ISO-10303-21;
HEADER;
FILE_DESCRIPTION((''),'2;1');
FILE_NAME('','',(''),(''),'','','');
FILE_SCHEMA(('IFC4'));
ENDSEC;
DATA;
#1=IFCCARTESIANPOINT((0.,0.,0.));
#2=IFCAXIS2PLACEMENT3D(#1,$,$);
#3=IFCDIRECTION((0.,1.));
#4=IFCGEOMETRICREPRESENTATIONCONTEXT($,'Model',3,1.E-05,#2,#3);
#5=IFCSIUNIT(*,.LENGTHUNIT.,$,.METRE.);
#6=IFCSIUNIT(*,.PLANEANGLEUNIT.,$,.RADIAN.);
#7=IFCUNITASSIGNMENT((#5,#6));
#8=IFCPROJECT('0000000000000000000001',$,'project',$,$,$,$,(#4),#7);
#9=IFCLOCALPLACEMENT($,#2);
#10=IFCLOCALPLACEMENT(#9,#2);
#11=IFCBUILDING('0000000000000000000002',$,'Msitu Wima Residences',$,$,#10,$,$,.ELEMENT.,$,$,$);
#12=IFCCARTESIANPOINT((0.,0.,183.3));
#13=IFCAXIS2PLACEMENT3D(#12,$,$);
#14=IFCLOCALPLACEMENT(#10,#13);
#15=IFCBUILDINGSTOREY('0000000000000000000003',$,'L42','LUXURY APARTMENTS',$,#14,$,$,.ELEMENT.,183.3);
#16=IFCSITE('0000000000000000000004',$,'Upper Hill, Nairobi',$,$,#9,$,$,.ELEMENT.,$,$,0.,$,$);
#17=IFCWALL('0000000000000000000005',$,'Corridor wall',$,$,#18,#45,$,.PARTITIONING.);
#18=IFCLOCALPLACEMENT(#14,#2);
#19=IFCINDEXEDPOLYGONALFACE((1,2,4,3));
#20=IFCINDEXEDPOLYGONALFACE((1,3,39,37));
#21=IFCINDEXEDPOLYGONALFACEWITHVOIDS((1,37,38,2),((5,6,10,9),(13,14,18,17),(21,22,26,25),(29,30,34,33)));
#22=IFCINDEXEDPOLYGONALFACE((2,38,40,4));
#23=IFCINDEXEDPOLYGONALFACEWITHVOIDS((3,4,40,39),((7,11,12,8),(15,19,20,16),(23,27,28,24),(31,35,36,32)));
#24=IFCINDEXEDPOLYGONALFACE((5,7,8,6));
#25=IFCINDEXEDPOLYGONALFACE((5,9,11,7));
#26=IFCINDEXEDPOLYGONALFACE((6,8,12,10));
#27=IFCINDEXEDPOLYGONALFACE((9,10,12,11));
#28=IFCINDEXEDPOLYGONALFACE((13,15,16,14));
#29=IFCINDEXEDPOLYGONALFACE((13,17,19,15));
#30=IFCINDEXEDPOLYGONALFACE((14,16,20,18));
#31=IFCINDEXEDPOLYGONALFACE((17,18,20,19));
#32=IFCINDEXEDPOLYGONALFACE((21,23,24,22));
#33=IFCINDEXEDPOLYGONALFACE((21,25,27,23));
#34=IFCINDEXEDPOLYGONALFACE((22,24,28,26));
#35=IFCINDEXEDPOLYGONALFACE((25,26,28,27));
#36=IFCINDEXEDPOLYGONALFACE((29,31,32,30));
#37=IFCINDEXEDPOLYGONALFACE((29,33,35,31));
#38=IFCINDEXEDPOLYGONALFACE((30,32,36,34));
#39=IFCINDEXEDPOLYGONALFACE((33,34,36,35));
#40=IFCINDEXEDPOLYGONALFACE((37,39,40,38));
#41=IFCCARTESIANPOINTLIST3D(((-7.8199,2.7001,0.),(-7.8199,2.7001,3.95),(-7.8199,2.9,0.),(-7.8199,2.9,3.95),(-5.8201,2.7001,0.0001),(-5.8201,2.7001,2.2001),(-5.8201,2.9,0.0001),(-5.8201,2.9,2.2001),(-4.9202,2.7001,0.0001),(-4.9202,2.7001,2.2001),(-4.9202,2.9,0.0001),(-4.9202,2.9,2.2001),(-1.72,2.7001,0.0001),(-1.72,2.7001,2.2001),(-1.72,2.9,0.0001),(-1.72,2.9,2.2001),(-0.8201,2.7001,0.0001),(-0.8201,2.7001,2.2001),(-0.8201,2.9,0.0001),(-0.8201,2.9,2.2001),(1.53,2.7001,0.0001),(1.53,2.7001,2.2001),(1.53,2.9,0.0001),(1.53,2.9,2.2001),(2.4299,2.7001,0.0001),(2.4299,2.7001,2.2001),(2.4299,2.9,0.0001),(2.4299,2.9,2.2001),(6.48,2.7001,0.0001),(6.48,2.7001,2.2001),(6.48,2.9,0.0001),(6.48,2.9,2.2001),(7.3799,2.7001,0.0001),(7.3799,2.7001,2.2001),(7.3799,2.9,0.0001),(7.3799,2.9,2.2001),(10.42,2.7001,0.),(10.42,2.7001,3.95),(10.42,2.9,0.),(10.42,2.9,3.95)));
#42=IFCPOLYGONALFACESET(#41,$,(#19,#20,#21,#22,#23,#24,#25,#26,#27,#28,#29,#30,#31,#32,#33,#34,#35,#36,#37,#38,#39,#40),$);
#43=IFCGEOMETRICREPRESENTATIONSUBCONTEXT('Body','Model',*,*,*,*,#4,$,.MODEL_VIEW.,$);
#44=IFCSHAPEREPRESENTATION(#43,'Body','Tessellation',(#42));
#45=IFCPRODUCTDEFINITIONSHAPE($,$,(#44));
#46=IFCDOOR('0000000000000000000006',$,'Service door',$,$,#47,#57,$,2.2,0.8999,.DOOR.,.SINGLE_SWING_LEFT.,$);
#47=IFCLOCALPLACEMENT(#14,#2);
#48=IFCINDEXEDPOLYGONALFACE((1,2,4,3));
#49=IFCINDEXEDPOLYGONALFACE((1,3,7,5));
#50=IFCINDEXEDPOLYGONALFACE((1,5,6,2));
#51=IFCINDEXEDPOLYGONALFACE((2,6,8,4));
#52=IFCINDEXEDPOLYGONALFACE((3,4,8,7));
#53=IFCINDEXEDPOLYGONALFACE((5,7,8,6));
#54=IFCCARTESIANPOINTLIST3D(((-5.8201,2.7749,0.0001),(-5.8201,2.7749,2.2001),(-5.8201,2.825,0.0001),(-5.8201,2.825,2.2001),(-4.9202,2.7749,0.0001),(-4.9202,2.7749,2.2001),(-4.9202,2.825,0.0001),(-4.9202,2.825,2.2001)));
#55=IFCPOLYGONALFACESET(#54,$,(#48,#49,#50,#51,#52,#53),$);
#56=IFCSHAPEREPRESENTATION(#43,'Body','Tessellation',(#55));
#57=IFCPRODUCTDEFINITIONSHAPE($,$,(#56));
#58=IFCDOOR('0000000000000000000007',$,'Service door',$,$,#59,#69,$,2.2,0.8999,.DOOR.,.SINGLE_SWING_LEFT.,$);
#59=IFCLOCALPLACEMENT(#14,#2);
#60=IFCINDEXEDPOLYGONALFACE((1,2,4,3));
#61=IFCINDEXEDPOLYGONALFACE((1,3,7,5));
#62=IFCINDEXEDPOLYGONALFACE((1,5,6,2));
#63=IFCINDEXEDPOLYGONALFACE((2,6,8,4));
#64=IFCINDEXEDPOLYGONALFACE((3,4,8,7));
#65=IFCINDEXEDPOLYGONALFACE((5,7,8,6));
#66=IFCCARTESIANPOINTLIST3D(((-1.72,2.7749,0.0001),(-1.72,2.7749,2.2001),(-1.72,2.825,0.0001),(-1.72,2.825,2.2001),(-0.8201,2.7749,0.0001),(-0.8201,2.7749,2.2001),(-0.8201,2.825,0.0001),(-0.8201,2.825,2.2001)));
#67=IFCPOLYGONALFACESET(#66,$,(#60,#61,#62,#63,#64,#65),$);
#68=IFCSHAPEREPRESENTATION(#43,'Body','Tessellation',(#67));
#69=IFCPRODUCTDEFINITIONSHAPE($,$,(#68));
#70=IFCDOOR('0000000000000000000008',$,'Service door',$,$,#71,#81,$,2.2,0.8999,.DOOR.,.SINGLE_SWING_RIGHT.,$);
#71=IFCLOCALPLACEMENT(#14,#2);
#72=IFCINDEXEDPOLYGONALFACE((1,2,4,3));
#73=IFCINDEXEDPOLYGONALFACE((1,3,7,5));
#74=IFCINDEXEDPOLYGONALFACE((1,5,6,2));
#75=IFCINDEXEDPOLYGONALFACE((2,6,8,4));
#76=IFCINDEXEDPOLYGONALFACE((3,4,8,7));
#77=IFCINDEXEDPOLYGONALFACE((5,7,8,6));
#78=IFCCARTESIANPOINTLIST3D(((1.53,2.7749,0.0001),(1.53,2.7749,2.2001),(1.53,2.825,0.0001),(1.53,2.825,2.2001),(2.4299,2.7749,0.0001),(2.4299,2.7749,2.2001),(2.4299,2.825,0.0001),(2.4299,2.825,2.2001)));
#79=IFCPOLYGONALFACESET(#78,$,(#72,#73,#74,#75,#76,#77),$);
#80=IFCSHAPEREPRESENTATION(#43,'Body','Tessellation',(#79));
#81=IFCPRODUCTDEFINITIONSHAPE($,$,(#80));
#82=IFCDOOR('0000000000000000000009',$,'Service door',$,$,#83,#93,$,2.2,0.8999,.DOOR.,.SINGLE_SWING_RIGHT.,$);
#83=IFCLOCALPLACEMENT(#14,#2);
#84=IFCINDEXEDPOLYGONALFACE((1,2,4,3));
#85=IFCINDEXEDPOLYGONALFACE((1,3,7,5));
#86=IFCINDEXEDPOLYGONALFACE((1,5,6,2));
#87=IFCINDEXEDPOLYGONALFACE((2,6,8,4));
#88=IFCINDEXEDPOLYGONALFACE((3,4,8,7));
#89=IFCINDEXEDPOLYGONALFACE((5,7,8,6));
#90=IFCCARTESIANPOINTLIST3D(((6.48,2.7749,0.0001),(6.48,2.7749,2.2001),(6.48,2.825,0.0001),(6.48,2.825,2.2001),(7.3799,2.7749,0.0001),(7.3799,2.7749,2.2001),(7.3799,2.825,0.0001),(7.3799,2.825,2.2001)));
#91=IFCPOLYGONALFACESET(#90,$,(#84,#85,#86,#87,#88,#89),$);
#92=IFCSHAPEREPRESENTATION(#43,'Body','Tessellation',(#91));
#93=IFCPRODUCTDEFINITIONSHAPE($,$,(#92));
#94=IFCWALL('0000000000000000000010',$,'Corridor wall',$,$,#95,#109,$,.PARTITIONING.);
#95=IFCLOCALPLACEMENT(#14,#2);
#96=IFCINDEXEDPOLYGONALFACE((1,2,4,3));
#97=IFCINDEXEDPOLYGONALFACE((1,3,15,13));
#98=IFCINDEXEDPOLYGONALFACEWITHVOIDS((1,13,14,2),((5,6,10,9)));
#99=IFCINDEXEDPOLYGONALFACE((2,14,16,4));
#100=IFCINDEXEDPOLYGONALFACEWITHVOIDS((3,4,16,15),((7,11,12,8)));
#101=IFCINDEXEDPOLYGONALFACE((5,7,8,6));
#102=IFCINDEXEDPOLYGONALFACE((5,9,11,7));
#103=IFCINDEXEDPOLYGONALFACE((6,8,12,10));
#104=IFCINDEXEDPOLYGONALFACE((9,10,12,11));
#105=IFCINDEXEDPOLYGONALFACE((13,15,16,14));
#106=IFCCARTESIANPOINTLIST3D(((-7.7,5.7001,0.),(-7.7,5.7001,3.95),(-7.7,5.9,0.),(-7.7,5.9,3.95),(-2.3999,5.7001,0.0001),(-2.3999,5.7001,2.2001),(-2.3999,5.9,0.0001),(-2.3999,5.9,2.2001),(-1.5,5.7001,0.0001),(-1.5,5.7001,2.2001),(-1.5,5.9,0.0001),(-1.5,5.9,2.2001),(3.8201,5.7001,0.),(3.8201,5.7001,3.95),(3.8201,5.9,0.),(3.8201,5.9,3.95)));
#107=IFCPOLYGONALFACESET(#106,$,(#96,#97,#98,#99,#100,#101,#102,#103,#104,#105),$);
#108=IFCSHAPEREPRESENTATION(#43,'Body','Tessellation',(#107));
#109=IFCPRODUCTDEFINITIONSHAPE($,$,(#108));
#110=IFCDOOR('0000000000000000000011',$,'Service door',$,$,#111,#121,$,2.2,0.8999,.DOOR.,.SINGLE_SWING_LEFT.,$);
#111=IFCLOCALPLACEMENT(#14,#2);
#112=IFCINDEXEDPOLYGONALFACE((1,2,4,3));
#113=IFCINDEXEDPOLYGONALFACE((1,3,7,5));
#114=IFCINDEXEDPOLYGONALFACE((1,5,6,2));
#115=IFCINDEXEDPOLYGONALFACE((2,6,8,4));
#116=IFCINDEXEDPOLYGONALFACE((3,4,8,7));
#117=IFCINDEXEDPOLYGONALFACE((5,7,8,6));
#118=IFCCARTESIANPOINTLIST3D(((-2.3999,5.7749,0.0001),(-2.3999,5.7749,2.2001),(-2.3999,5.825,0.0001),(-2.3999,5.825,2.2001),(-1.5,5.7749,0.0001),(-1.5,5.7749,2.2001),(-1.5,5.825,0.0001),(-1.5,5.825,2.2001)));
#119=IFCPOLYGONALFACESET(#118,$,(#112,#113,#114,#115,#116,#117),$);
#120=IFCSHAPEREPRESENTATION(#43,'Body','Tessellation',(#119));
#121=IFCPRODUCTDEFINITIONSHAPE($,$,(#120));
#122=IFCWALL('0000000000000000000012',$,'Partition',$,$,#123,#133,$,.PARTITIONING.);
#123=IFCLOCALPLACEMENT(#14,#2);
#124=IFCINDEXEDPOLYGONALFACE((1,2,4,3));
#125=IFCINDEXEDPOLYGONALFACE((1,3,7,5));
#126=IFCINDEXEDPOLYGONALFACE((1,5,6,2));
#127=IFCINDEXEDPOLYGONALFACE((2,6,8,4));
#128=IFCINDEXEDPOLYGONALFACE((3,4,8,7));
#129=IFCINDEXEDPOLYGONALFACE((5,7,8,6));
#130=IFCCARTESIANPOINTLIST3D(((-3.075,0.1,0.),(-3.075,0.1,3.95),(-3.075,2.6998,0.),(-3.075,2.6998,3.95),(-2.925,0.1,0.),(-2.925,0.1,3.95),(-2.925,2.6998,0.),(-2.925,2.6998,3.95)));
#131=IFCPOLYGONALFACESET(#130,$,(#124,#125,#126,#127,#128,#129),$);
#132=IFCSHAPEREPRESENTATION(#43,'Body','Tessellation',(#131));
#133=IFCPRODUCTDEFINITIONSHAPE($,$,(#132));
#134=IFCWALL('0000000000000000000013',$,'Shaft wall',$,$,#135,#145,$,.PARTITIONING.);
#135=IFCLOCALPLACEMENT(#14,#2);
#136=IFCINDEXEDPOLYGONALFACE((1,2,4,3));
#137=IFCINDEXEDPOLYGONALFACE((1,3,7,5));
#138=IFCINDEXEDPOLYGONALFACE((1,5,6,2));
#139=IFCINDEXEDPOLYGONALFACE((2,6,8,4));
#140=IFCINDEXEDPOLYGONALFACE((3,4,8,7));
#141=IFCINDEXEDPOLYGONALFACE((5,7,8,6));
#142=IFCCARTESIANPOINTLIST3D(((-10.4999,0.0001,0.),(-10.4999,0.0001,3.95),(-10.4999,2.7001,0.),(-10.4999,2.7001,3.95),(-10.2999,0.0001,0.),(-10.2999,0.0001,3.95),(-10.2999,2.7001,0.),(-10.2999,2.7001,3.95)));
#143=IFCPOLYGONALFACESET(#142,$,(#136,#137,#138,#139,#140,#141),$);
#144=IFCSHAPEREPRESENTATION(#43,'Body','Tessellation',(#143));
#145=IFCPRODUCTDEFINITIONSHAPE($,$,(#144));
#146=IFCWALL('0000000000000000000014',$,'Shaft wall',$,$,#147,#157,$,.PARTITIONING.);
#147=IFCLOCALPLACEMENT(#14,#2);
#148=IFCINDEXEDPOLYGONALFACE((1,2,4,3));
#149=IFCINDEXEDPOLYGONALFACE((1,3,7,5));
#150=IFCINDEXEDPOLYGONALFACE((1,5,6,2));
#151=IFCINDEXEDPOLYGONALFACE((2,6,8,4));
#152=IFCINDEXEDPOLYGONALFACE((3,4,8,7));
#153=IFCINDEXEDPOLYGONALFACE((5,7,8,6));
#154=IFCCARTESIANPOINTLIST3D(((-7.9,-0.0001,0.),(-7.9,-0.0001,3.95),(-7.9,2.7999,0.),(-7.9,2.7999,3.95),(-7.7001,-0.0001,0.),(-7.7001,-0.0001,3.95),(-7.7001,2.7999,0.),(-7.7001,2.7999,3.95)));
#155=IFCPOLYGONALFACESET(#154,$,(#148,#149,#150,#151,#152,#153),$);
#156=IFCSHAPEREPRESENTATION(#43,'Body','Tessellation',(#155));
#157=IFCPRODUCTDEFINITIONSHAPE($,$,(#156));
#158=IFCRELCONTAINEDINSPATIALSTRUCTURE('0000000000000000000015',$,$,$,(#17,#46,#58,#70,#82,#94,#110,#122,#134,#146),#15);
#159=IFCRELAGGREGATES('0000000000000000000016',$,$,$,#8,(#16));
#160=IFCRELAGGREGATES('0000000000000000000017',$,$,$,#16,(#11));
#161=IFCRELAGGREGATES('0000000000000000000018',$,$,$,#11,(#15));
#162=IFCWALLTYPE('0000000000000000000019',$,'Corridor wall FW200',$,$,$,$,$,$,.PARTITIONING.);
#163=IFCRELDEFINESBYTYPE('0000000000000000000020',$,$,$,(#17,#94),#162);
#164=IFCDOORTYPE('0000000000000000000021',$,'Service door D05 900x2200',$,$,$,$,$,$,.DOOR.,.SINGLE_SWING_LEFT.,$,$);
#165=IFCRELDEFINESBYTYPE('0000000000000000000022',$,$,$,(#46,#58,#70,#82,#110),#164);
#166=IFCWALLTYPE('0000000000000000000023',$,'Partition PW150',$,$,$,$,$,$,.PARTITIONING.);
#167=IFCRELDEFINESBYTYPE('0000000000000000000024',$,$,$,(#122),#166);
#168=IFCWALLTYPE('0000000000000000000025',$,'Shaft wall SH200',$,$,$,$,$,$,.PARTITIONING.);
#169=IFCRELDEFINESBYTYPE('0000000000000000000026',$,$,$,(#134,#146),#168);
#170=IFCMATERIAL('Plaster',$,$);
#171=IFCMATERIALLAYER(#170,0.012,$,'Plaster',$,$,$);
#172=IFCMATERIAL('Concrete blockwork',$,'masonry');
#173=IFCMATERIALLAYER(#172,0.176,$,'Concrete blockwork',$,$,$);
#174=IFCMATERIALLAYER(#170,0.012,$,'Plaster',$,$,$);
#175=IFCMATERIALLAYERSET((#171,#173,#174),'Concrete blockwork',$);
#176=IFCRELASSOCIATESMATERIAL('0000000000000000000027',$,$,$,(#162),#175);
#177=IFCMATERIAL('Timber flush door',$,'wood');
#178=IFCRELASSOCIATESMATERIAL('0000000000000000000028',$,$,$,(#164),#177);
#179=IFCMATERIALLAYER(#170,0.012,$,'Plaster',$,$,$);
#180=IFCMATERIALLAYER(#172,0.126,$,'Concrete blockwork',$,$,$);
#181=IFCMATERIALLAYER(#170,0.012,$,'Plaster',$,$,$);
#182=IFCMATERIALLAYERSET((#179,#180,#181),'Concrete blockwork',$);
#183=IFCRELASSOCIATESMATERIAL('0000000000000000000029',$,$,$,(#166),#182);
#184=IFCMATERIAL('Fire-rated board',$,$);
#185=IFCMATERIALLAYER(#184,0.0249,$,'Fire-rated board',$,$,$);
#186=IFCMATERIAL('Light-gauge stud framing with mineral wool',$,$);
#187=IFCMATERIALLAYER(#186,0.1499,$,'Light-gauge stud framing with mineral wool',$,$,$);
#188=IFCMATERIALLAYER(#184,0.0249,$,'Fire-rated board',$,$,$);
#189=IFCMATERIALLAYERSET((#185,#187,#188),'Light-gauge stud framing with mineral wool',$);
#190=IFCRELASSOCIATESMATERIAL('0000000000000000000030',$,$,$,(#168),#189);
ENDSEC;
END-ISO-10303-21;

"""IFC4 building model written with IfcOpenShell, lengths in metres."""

from ifc_helpers import new_model, si_unit, direction, frame, frame_2d, origin, place, context, subcontext, project, spatial, rectangle, extrude, material, layer, layer_set, type_object, element, fill, save


model = new_model("IFC4")

# Units and contexts
model_context = context("Model", 3, precision=1e-05, world=origin(), true_north=direction((0.0, 1.0)))
body_context = subcontext(model_context, "Body", "Model", "MODEL_VIEW")
ifc_project = project(units=[si_unit("LENGTHUNIT", "METRE"), si_unit("PLANEANGLEUNIT", "RADIAN")], contexts=[model_context])

# Site, building, storey
site_placement = place(None, origin())
site = spatial("IfcSite", under=ifc_project, at=site_placement, Name="Upper Hill, Nairobi", CompositionType="ELEMENT", RefElevation=0.0)
building_placement = place(site_placement, origin())
building = spatial("IfcBuilding", under=site, at=building_placement, Name="Msitu Wima Residences", CompositionType="ELEMENT")
storey_placement = place(building_placement, frame((0.0, 0.0, 183.3)))
storey = spatial("IfcBuildingStorey", under=building, at=storey_placement, Name="L42", Description="LUXURY APARTMENTS", CompositionType="ELEMENT", Elevation=183.3)

# Wall, openings, doors
ifc_material_1 = material(Name="Plaster")
ifc_layer_1 = layer(ifc_material_1, 0.012, Name="Plaster")
ifc_material_2 = material(Name="Concrete blockwork", Category="masonry")
ifc_layer_2 = layer(ifc_material_2, 0.176, Name="Concrete blockwork")
ifc_layer_3 = layer(ifc_material_1, 0.012, Name="Plaster")
ifc_layer_set_1 = layer_set([ifc_layer_1, ifc_layer_2, ifc_layer_3], Name="Concrete blockwork")
wall_type_1 = type_object("IfcWallType", Name="Corridor wall FW200", PredefinedType="PARTITIONING", material=ifc_layer_set_1)
wall_1_placement = place(storey_placement, frame((-7.8201, 2.8, 0.0), z_axis=(0.0, 0.0, 1.0), x_axis=(1.0, 0.0, 0.0)))
wall_1 = element("IfcWall", 1, at=wall_1_placement, inside=storey, type_object=wall_type_1, Name="Corridor wall", PredefinedType="PARTITIONING", context=body_context, shape_type="SweptSolid", body=[
    extrude(rectangle(XDim=18.24, YDim=0.2, at=frame_2d((9.1201, 0.0))), origin(), (0.0, 0.0, 1.0), 3.95),
])
opening_1_placement = place(wall_1_placement, frame((2.0, 0.0, 0.0)))
opening_1 = element("IfcOpeningElement", 2, at=opening_1_placement, cuts=wall_1, PredefinedType="OPENING", context=body_context, shape_type="SweptSolid", body=[
    extrude(rectangle(XDim=0.8999, YDim=2.2, at=frame_2d((0.45, 1.1001))), frame((0.0, 0.1099, 0.0), z_axis=(0.0, -1.0, 0.0), x_axis=(1.0, 0.0, 0.0)), (0.0, 0.0, 1.0), 0.22),
])
opening_2_placement = place(wall_1_placement, frame((6.1001, 0.0, 0.0)))
opening_2 = element("IfcOpeningElement", 3, at=opening_2_placement, cuts=wall_1, PredefinedType="OPENING", context=body_context, shape_type="SweptSolid", body=[
    extrude(rectangle(XDim=0.8999, YDim=2.2, at=frame_2d((0.45, 1.1001))), frame((0.0, 0.1099, 0.0), z_axis=(0.0, -1.0, 0.0), x_axis=(1.0, 0.0, 0.0)), (0.0, 0.0, 1.0), 0.22),
])
opening_3_placement = place(wall_1_placement, frame((9.3501, 0.0, 0.0)))
opening_3 = element("IfcOpeningElement", 4, at=opening_3_placement, cuts=wall_1, PredefinedType="OPENING", context=body_context, shape_type="SweptSolid", body=[
    extrude(rectangle(XDim=0.8999, YDim=2.2, at=frame_2d((0.45, 1.1001))), frame((0.0, 0.1099, 0.0), z_axis=(0.0, -1.0, 0.0), x_axis=(1.0, 0.0, 0.0)), (0.0, 0.0, 1.0), 0.22),
])
opening_4_placement = place(wall_1_placement, frame((14.3, 0.0, 0.0)))
opening_4 = element("IfcOpeningElement", 5, at=opening_4_placement, cuts=wall_1, PredefinedType="OPENING", context=body_context, shape_type="SweptSolid", body=[
    extrude(rectangle(XDim=0.8999, YDim=2.2, at=frame_2d((0.45, 1.1001))), frame((0.0, 0.1099, 0.0), z_axis=(0.0, -1.0, 0.0), x_axis=(1.0, 0.0, 0.0)), (0.0, 0.0, 1.0), 0.22),
])
ifc_material_3 = material(Name="Timber flush door", Category="wood")
door_type_1 = type_object("IfcDoorType", Name="Service door D05 900x2200", OperationType="SINGLE_SWING_LEFT", PredefinedType="DOOR", material=ifc_material_3)
door_1_placement = place(opening_1_placement, origin())
door_1 = element("IfcDoor", 6, at=door_1_placement, inside=storey, type_object=door_type_1, Name="Service door", OperationType="SINGLE_SWING_LEFT", OverallHeight=2.2, OverallWidth=0.8999, PredefinedType="DOOR", context=body_context, shape_type="SweptSolid", body=[
    extrude(rectangle(XDim=0.8999, YDim=2.2, at=frame_2d((0.45, 1.1001))), frame((0.0, 0.0249, 0.0), z_axis=(0.0, -1.0, 0.0), x_axis=(1.0, 0.0, 0.0)), (0.0, 0.0, 1.0), 0.05),
])
fill(opening_1, door_1)
door_2_placement = place(opening_2_placement, origin())
door_2 = element("IfcDoor", 7, at=door_2_placement, inside=storey, type_object=door_type_1, Name="Service door", OperationType="SINGLE_SWING_LEFT", OverallHeight=2.2, OverallWidth=0.8999, PredefinedType="DOOR", context=body_context, shape_type="SweptSolid", body=[
    extrude(rectangle(XDim=0.8999, YDim=2.2, at=frame_2d((0.45, 1.1001))), frame((0.0, 0.0249, 0.0), z_axis=(0.0, -1.0, 0.0), x_axis=(1.0, 0.0, 0.0)), (0.0, 0.0, 1.0), 0.05),
])
fill(opening_2, door_2)
door_3_placement = place(opening_3_placement, origin())
door_3 = element("IfcDoor", 8, at=door_3_placement, inside=storey, type_object=door_type_1, Name="Service door", OperationType="SINGLE_SWING_RIGHT", OverallHeight=2.2, OverallWidth=0.8999, PredefinedType="DOOR", context=body_context, shape_type="SweptSolid", body=[
    extrude(rectangle(XDim=0.8999, YDim=2.2, at=frame_2d((0.45, 1.1001))), frame((0.0, 0.0249, 0.0), z_axis=(0.0, -1.0, 0.0), x_axis=(1.0, 0.0, 0.0)), (0.0, 0.0, 1.0), 0.05),
])
fill(opening_3, door_3)
door_4_placement = place(opening_4_placement, origin())
door_4 = element("IfcDoor", 9, at=door_4_placement, inside=storey, type_object=door_type_1, Name="Service door", OperationType="SINGLE_SWING_RIGHT", OverallHeight=2.2, OverallWidth=0.8999, PredefinedType="DOOR", context=body_context, shape_type="SweptSolid", body=[
    extrude(rectangle(XDim=0.8999, YDim=2.2, at=frame_2d((0.45, 1.1001))), frame((0.0, 0.0249, 0.0), z_axis=(0.0, -1.0, 0.0), x_axis=(1.0, 0.0, 0.0)), (0.0, 0.0, 1.0), 0.05),
])
fill(opening_4, door_4)

# Wall, opening, door
wall_2_placement = place(storey_placement, frame((-7.7, 5.8, 0.0), z_axis=(0.0, 0.0, 1.0), x_axis=(1.0, 0.0, 0.0)))
wall_2 = element("IfcWall", 10, at=wall_2_placement, inside=storey, type_object=wall_type_1, Name="Corridor wall", PredefinedType="PARTITIONING", context=body_context, shape_type="SweptSolid", body=[
    extrude(rectangle(XDim=11.52, YDim=0.2, at=frame_2d((5.76, 0.0))), origin(), (0.0, 0.0, 1.0), 3.95),
])
opening_5_placement = place(wall_2_placement, frame((5.3, 0.0, 0.0)))
opening_5 = element("IfcOpeningElement", 11, at=opening_5_placement, cuts=wall_2, PredefinedType="OPENING", context=body_context, shape_type="SweptSolid", body=[
    extrude(rectangle(XDim=0.8999, YDim=2.2, at=frame_2d((0.45, 1.1001))), frame((0.0, 0.1099, 0.0), z_axis=(0.0, -1.0, 0.0), x_axis=(1.0, 0.0, 0.0)), (0.0, 0.0, 1.0), 0.22),
])
door_5_placement = place(opening_5_placement, origin())
door_5 = element("IfcDoor", 12, at=door_5_placement, inside=storey, type_object=door_type_1, Name="Service door", OperationType="SINGLE_SWING_LEFT", OverallHeight=2.2, OverallWidth=0.8999, PredefinedType="DOOR", context=body_context, shape_type="SweptSolid", body=[
    extrude(rectangle(XDim=0.8999, YDim=2.2, at=frame_2d((0.45, 1.1001))), frame((0.0, 0.0249, 0.0), z_axis=(0.0, -1.0, 0.0), x_axis=(1.0, 0.0, 0.0)), (0.0, 0.0, 1.0), 0.05),
])
fill(opening_5, door_5)

# Walls
ifc_layer_4 = layer(ifc_material_1, 0.012, Name="Plaster")
ifc_layer_5 = layer(ifc_material_2, 0.126, Name="Concrete blockwork")
ifc_layer_6 = layer(ifc_material_1, 0.012, Name="Plaster")
ifc_layer_set_2 = layer_set([ifc_layer_4, ifc_layer_5, ifc_layer_6], Name="Concrete blockwork")
wall_type_2 = type_object("IfcWallType", Name="Partition PW150", PredefinedType="PARTITIONING", material=ifc_layer_set_2)
wall_3_placement = place(storey_placement, frame((-3.0, 0.1001, 0.0), z_axis=(0.0, 0.0, 1.0), x_axis=(0.0, 1.0, 0.0)))
element("IfcWall", 13, at=wall_3_placement, inside=storey, type_object=wall_type_2, Name="Partition", PredefinedType="PARTITIONING", context=body_context, shape_type="SweptSolid", body=[
    extrude(rectangle(XDim=2.5999, YDim=0.1499, at=frame_2d((1.2998, 0.0))), origin(), (0.0, 0.0, 1.0), 3.95),
])
ifc_material_4 = material(Name="Fire-rated board")
ifc_layer_7 = layer(ifc_material_4, 0.0249, Name="Fire-rated board")
ifc_material_5 = material(Name="Light-gauge stud framing with mineral wool")
ifc_layer_8 = layer(ifc_material_5, 0.1499, Name="Light-gauge stud framing with mineral wool")
ifc_layer_9 = layer(ifc_material_4, 0.0249, Name="Fire-rated board")
ifc_layer_set_3 = layer_set([ifc_layer_7, ifc_layer_8, ifc_layer_9], Name="Light-gauge stud framing with mineral wool")
wall_type_3 = type_object("IfcWallType", Name="Shaft wall SH200", PredefinedType="PARTITIONING", material=ifc_layer_set_3)
wall_4_placement = place(storey_placement, frame((-10.3999, 0.0, 0.0), z_axis=(0.0, 0.0, 1.0), x_axis=(0.0, 1.0, 0.0)))
element("IfcWall", 14, at=wall_4_placement, inside=storey, type_object=wall_type_3, Name="Shaft wall", PredefinedType="PARTITIONING", context=body_context, shape_type="SweptSolid", body=[
    extrude(rectangle(XDim=2.7, YDim=0.2, at=frame_2d((1.3501, 0.0))), origin(), (0.0, 0.0, 1.0), 3.95),
])
wall_5_placement = place(storey_placement, frame((-7.8, 0.0, 0.0), z_axis=(0.0, 0.0, 1.0), x_axis=(0.0, 1.0, 0.0)))
element("IfcWall", 15, at=wall_5_placement, inside=storey, type_object=wall_type_3, Name="Shaft wall", PredefinedType="PARTITIONING", context=body_context, shape_type="SweptSolid", body=[
    extrude(rectangle(XDim=2.8, YDim=0.2, at=frame_2d((1.3999, 0.0))), origin(), (0.0, 0.0, 1.0), 3.95),
])

save(model, "model.ifc")
